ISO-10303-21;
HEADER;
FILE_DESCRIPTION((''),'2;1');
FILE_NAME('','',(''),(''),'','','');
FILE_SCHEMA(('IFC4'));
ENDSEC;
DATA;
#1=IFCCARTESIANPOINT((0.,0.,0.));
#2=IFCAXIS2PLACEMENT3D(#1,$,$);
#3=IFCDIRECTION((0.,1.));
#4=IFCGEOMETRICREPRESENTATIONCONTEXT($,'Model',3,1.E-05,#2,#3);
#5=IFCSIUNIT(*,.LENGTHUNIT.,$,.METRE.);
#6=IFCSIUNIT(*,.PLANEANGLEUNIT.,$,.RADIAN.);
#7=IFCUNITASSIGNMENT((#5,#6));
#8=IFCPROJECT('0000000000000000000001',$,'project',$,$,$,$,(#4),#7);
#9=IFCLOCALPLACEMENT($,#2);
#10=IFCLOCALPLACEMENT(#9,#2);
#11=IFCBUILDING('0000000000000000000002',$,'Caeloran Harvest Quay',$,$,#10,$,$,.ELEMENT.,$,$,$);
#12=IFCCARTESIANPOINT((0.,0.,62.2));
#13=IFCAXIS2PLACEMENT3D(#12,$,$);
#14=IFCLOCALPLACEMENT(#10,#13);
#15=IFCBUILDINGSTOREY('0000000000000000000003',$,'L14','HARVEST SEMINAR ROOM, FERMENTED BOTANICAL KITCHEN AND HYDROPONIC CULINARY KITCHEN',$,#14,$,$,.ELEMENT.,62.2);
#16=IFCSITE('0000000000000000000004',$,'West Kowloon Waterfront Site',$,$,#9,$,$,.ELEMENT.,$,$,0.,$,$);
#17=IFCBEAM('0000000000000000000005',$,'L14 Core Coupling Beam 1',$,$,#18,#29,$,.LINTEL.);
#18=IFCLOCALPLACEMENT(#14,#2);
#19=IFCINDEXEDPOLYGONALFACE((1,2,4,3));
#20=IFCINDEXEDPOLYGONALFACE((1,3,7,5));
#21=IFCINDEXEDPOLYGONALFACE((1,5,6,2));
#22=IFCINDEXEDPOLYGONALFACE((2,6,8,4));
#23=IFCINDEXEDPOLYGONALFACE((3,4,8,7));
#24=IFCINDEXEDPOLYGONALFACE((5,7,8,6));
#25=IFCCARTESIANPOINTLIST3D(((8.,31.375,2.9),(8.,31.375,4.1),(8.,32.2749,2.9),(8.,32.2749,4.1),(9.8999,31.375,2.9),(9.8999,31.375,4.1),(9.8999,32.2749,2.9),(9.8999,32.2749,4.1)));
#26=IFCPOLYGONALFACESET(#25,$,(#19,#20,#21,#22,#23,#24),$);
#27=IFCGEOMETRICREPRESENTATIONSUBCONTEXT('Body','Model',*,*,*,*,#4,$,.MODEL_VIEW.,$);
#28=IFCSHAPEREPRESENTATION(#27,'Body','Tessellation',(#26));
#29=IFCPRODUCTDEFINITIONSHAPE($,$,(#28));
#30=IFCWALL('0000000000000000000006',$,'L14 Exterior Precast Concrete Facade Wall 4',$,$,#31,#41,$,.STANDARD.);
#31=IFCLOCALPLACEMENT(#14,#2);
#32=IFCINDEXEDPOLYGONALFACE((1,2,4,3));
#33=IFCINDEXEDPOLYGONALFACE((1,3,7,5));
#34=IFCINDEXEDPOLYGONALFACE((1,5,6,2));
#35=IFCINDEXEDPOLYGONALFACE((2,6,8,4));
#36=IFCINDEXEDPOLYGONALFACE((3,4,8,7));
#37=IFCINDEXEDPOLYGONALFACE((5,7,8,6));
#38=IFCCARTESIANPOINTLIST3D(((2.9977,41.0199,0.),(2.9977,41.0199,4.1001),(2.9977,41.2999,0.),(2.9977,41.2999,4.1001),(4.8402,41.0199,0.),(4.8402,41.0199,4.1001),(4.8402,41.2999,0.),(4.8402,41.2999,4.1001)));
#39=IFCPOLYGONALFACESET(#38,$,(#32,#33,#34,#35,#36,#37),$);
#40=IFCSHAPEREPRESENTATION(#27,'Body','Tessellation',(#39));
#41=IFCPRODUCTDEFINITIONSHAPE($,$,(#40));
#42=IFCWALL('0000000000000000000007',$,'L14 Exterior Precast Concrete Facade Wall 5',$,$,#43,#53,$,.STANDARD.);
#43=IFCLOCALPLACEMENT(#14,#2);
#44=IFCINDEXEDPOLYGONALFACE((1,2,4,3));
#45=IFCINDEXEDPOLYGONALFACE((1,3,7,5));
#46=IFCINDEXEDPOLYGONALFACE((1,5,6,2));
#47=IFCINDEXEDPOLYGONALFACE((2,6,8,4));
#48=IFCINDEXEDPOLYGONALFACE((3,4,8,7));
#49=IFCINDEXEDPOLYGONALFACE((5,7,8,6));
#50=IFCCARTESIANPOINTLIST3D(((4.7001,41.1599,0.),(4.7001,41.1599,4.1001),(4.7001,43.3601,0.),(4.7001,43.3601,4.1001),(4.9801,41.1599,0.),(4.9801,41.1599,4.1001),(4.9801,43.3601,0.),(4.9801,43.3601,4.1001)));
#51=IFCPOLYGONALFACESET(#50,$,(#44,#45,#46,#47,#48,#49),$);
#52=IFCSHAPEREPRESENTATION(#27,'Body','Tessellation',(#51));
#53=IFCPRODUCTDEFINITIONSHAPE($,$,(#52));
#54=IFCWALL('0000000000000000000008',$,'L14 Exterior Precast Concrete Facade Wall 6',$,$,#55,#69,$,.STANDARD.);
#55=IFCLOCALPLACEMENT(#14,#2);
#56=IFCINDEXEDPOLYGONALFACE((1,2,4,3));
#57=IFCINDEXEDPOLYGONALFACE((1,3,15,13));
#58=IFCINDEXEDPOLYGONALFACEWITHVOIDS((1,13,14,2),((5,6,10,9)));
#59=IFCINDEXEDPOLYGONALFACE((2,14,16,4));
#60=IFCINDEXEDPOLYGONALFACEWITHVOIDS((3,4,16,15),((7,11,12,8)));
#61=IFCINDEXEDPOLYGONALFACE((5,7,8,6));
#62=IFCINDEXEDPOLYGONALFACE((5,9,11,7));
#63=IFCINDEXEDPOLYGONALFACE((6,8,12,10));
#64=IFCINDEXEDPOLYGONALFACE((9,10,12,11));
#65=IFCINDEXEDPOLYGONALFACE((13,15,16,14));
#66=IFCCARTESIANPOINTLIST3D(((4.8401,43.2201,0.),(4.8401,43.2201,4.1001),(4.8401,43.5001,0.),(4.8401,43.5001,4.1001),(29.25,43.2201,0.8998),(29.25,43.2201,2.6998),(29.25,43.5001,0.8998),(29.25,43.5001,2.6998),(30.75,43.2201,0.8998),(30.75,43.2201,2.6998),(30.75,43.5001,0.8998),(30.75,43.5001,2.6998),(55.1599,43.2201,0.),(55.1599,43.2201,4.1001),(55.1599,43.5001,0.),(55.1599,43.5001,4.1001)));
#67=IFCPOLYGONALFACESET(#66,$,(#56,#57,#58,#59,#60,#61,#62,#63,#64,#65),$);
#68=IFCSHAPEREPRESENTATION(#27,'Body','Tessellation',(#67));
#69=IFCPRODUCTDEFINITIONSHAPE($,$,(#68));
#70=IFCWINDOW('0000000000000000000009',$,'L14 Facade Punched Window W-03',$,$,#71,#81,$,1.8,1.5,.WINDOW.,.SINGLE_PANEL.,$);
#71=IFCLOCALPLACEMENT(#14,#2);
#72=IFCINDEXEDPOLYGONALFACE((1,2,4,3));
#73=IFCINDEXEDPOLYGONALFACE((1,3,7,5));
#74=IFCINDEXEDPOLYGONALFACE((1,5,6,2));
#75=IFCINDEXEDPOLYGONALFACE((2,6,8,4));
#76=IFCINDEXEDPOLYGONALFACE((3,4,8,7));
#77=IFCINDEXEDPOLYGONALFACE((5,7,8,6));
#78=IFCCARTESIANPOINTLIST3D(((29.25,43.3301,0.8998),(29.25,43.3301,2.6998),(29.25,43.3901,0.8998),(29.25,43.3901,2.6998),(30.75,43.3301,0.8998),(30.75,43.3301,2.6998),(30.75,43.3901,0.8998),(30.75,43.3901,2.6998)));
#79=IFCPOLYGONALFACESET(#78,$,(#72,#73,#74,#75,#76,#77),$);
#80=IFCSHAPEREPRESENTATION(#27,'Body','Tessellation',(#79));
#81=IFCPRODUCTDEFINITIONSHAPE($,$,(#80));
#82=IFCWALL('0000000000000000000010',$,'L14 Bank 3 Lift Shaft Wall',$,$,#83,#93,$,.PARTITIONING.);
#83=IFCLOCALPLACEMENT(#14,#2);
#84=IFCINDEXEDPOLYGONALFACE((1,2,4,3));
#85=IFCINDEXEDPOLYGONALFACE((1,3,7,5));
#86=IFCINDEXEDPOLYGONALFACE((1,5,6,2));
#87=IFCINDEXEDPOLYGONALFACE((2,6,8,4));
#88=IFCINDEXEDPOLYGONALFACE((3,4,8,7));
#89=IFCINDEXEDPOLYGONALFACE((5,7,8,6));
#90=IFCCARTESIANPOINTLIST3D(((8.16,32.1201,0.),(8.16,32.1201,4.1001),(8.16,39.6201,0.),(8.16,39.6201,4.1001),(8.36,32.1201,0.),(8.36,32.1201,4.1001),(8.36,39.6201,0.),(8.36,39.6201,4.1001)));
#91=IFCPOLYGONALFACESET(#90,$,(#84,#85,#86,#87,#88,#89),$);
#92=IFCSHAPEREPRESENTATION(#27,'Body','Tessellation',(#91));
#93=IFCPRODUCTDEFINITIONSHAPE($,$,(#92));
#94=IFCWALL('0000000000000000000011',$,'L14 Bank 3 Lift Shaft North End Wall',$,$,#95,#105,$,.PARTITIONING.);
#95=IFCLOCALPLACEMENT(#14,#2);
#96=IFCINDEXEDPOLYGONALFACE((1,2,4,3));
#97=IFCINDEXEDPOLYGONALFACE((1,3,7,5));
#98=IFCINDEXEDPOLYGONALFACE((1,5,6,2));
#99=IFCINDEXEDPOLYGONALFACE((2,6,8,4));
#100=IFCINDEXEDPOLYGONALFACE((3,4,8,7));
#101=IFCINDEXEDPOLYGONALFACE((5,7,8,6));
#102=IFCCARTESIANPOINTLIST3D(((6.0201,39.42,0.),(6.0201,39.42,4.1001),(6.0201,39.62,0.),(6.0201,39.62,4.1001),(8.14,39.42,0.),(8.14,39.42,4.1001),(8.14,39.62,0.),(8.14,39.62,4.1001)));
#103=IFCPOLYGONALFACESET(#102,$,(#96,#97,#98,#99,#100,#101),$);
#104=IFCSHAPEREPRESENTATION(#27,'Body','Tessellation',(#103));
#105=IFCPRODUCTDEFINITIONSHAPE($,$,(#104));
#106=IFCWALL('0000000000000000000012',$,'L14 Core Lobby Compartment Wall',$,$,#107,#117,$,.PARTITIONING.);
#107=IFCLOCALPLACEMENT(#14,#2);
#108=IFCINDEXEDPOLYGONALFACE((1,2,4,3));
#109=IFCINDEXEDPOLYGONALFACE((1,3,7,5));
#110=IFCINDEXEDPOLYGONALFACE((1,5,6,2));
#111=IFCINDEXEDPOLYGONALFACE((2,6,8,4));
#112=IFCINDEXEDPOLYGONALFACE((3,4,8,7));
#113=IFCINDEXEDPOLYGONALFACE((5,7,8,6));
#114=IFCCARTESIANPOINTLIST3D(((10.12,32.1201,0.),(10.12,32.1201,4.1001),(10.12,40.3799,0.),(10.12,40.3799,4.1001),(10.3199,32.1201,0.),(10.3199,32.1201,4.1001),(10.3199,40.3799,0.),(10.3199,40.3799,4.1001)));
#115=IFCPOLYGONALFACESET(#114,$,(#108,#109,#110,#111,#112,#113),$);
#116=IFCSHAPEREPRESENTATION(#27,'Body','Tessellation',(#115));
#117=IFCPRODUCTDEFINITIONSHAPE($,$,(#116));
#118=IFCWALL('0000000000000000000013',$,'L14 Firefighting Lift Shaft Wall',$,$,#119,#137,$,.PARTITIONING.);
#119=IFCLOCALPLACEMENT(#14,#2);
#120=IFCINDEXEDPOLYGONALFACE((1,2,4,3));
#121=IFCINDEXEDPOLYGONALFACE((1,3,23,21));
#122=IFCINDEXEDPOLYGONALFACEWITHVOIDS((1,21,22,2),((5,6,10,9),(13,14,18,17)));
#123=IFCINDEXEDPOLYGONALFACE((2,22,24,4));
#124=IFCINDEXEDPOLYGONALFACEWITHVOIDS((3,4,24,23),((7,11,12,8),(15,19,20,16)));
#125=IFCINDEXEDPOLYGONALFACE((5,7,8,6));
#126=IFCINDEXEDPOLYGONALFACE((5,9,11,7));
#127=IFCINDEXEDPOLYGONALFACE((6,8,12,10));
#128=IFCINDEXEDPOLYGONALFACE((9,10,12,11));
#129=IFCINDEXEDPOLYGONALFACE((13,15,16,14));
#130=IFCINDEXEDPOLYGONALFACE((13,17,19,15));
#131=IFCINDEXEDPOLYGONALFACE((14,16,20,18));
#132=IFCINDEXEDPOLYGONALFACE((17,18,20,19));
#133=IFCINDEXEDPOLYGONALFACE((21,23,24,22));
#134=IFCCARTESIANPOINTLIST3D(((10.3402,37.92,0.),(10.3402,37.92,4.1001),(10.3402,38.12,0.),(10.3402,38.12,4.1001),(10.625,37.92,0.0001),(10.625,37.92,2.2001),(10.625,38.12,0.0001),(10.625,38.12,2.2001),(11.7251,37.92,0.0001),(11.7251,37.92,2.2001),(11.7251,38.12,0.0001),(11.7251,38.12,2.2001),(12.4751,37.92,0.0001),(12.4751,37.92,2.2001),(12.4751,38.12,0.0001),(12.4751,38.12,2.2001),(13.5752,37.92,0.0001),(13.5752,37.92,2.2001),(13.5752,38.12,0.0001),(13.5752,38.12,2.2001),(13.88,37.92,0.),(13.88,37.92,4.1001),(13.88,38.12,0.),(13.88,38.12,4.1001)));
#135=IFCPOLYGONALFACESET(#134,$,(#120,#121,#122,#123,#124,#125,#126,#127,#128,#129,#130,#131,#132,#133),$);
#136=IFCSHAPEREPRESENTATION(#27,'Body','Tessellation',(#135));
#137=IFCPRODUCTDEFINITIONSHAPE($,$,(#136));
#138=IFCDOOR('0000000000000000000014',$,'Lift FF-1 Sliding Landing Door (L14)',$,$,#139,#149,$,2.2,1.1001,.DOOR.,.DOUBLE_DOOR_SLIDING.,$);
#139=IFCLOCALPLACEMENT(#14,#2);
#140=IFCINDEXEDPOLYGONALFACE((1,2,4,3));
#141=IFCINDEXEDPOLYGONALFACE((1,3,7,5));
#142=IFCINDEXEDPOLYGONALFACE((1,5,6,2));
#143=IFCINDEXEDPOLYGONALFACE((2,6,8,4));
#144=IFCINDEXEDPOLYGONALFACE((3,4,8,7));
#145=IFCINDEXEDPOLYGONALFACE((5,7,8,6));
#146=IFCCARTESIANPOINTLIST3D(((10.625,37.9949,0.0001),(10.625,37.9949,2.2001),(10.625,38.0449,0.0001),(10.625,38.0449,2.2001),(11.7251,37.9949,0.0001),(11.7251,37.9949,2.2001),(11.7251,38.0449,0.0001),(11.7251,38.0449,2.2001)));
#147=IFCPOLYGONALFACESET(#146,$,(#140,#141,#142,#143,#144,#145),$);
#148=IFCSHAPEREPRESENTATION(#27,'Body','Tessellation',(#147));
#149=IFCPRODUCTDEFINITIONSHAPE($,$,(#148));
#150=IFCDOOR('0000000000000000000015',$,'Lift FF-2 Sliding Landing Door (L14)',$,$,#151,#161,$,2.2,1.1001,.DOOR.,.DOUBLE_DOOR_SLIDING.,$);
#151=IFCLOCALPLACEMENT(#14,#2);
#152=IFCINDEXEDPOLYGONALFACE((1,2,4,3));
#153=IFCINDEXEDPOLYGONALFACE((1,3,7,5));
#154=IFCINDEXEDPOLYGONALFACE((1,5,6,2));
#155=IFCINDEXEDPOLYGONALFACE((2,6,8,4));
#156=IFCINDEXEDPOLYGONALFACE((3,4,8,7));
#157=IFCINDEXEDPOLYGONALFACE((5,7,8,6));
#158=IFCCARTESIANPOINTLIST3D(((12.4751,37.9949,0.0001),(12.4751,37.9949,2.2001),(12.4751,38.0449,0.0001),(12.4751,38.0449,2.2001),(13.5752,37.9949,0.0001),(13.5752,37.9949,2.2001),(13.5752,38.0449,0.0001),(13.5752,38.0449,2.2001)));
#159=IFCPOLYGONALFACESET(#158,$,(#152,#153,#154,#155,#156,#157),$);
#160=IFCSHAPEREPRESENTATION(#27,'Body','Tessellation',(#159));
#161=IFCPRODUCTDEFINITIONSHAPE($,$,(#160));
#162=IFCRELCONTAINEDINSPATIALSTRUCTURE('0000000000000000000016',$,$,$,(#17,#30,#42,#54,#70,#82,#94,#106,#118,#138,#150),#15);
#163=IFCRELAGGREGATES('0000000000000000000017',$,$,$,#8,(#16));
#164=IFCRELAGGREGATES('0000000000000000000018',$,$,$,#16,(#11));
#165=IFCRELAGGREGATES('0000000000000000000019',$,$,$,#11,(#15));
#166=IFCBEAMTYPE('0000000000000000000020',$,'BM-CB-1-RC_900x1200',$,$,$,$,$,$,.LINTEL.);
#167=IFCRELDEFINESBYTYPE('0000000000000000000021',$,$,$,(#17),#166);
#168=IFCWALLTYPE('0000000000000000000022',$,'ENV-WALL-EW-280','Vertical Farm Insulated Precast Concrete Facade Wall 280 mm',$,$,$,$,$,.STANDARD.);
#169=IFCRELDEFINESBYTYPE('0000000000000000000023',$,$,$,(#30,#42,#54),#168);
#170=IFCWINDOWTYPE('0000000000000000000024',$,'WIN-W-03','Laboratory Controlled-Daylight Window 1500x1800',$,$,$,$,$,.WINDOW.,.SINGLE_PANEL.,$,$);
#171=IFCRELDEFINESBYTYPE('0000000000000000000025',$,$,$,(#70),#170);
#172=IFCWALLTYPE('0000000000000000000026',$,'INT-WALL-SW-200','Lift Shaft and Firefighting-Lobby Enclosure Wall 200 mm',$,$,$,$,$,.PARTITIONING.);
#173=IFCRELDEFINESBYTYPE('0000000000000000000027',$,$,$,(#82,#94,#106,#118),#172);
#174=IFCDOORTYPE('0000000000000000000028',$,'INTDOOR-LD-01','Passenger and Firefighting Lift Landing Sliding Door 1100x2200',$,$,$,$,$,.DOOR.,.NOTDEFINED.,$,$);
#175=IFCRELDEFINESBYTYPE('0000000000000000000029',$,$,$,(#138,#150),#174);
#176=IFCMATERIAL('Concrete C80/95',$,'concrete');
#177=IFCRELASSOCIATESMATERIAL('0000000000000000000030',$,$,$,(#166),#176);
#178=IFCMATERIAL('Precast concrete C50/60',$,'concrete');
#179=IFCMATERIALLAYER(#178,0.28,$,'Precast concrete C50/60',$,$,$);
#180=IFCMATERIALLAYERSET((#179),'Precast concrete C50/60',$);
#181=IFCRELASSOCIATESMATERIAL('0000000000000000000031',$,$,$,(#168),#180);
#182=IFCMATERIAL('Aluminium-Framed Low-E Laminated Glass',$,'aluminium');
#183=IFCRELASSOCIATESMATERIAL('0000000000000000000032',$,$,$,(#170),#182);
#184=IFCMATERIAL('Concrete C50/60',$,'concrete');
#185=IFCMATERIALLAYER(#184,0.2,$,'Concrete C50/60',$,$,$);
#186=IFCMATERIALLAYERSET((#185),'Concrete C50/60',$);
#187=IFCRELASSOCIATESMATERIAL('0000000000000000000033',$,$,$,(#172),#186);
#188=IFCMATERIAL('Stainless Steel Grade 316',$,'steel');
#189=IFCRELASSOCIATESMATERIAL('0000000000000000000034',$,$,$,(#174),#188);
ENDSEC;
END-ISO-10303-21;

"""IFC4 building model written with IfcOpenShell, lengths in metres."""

from ifc_helpers import new_model, si_unit, direction, frame, frame_2d, origin, origin_2d, place, context, subcontext, project, spatial, rectangle, extrude, material, layer, layer_set, material_profile, profile_set, type_object, element, fill, save


model = new_model("IFC4")

# Units and contexts
model_context = context("Model", 3, precision=1e-05, world=origin(), true_north=direction((0.0, 1.0)))
body_context = subcontext(model_context, "Body", "Model", "MODEL_VIEW")
ifc_project = project(units=[si_unit("LENGTHUNIT", "METRE"), si_unit("PLANEANGLEUNIT", "RADIAN")], contexts=[model_context])

# Site, building, storey
site_placement = place(None, origin())
site = spatial("IfcSite", under=ifc_project, at=site_placement, Name="West Kowloon Waterfront Site", CompositionType="ELEMENT", RefElevation=0.0)
building_placement = place(site_placement, origin())
building = spatial("IfcBuilding", under=site, at=building_placement, Name="Caeloran Harvest Quay", CompositionType="ELEMENT")
storey_placement = place(building_placement, frame((0.0, 0.0, 62.2)))
storey = spatial("IfcBuildingStorey", under=building, at=storey_placement, Name="L14", Description="HARVEST SEMINAR ROOM, FERMENTED BOTANICAL KITCHEN AND HYDROPONIC CULINARY KITCHEN", CompositionType="ELEMENT", Elevation=62.2)

# Beam
ifc_material_1 = material(Name="Concrete C80/95", Category="concrete")
ifc_material_profile = material_profile(ifc_material_1, rectangle(XDim=0.8999, YDim=1.2, at=origin_2d()), Name="RC 900x1200")
ifc_profile_set = profile_set([ifc_material_profile], Name="Concrete C80/95")
beam_type = type_object("IfcBeamType", Name="BM-CB-1-RC_900x1200", PredefinedType="LINTEL", material=ifc_profile_set)
beam_placement = place(storey_placement, frame((8.0, 31.825, 3.5), z_axis=(1.0, 0.0, 0.0), x_axis=(0.0, 1.0, 0.0)))
element("IfcBeam", 1, at=beam_placement, inside=storey, type_object=beam_type, Name="L14 Core Coupling Beam 1", PredefinedType="LINTEL", context=body_context, shape_type="SweptSolid", body=[
    extrude(rectangle(XDim=0.8999, YDim=1.2, at=origin_2d()), origin(), (0.0, 0.0, 1.0), 1.8999),
])

# Walls
ifc_material_2 = material(Name="Precast concrete C50/60", Category="concrete")
ifc_layer_1 = layer(ifc_material_2, 0.28, Name="Precast concrete C50/60")
ifc_layer_set_1 = layer_set([ifc_layer_1], Name="Precast concrete C50/60")
wall_type_1 = type_object("IfcWallType", Name="ENV-WALL-EW-280", Description="Vertical Farm Insulated Precast Concrete Facade Wall 280 mm", PredefinedType="STANDARD", material=ifc_layer_set_1)
wall_1_placement = place(storey_placement, frame((2.9976, 41.1599, 0.0), z_axis=(0.0, 0.0, 1.0), x_axis=(1.0, 0.0, 0.0)))
element("IfcWall", 2, at=wall_1_placement, inside=storey, type_object=wall_type_1, Name="L14 Exterior Precast Concrete Facade Wall 4", PredefinedType="STANDARD", context=body_context, shape_type="SweptSolid", body=[
    extrude(rectangle(XDim=1.8425, YDim=0.28, at=frame_2d((0.9214, 0.0))), origin(), (0.0, 0.0, 1.0), 4.1001),
])
wall_2_placement = place(storey_placement, frame((4.8401, 41.1599, 0.0), z_axis=(0.0, 0.0, 1.0), x_axis=(0.0, 1.0, 0.0)))
element("IfcWall", 3, at=wall_2_placement, inside=storey, type_object=wall_type_1, Name="L14 Exterior Precast Concrete Facade Wall 5", PredefinedType="STANDARD", context=body_context, shape_type="SweptSolid", body=[
    extrude(rectangle(XDim=2.2002, YDim=0.28, at=frame_2d((1.1001, 0.0))), origin(), (0.0, 0.0, 1.0), 4.1001),
])

# Wall, opening, window
wall_3_placement = place(storey_placement, frame((4.8401, 43.3601, 0.0), z_axis=(0.0, 0.0, 1.0), x_axis=(1.0, 0.0, 0.0)))
wall_3 = element("IfcWall", 4, at=wall_3_placement, inside=storey, type_object=wall_type_1, Name="L14 Exterior Precast Concrete Facade Wall 6", PredefinedType="STANDARD", context=body_context, shape_type="SweptSolid", body=[
    extrude(rectangle(XDim=50.3198, YDim=0.28, at=frame_2d((25.1599, 0.0))), origin(), (0.0, 0.0, 1.0), 4.1001),
])
opening_1_placement = place(wall_3_placement, frame((24.4099, 0.0, 0.8999)))
opening_1 = element("IfcOpeningElement", 5, at=opening_1_placement, cuts=wall_3, PredefinedType="OPENING", context=body_context, shape_type="SweptSolid", body=[
    extrude(rectangle(XDim=1.5, YDim=1.8, at=frame_2d((0.75, 0.8999))), frame((0.0, 0.1499, 0.0), z_axis=(0.0, -1.0, 0.0), x_axis=(1.0, 0.0, 0.0)), (0.0, 0.0, 1.0), 0.3),
])
ifc_material_3 = material(Name="Aluminium-Framed Low-E Laminated Glass", Category="aluminium")
window_type = type_object("IfcWindowType", Name="WIN-W-03", Description="Laboratory Controlled-Daylight Window 1500x1800", PartitioningType="SINGLE_PANEL", PredefinedType="WINDOW", material=ifc_material_3)
window_placement = place(opening_1_placement, origin())
window = element("IfcWindow", 6, at=window_placement, inside=storey, type_object=window_type, Name="L14 Facade Punched Window W-03", OverallHeight=1.8, OverallWidth=1.5, PartitioningType="SINGLE_PANEL", PredefinedType="WINDOW", context=body_context, shape_type="SweptSolid", body=[
    extrude(rectangle(XDim=1.5, YDim=1.8, at=frame_2d((0.75, 0.8999))), frame((0.0, 0.03, 0.0), z_axis=(0.0, -1.0, 0.0), x_axis=(1.0, 0.0, 0.0)), (0.0, 0.0, 1.0), 0.0601),
])
fill(opening_1, window)

# Walls
ifc_material_4 = material(Name="Concrete C50/60", Category="concrete")
ifc_layer_2 = layer(ifc_material_4, 0.2, Name="Concrete C50/60")
ifc_layer_set_2 = layer_set([ifc_layer_2], Name="Concrete C50/60")
wall_type_2 = type_object("IfcWallType", Name="INT-WALL-SW-200", Description="Lift Shaft and Firefighting-Lobby Enclosure Wall 200 mm", PredefinedType="PARTITIONING", material=ifc_layer_set_2)
wall_4_placement = place(storey_placement, frame((8.26, 32.1201, 0.0), z_axis=(0.0, 0.0, 1.0), x_axis=(0.0, 1.0, 0.0)))
element("IfcWall", 7, at=wall_4_placement, inside=storey, type_object=wall_type_2, Name="L14 Bank 3 Lift Shaft Wall", PredefinedType="PARTITIONING", context=body_context, shape_type="SweptSolid", body=[
    extrude(rectangle(XDim=7.5, YDim=0.2, at=frame_2d((3.75, 0.0))), origin(), (0.0, 0.0, 1.0), 4.1001),
])
wall_5_placement = place(storey_placement, frame((6.02, 39.52, 0.0), z_axis=(0.0, 0.0, 1.0), x_axis=(1.0, 0.0, 0.0)))
element("IfcWall", 8, at=wall_5_placement, inside=storey, type_object=wall_type_2, Name="L14 Bank 3 Lift Shaft North End Wall", PredefinedType="PARTITIONING", context=body_context, shape_type="SweptSolid", body=[
    extrude(rectangle(XDim=2.1199, YDim=0.2, at=frame_2d((1.0601, 0.0))), origin(), (0.0, 0.0, 1.0), 4.1001),
])
wall_6_placement = place(storey_placement, frame((10.22, 32.1201, 0.0), z_axis=(0.0, 0.0, 1.0), x_axis=(0.0, 1.0, 0.0)))
element("IfcWall", 9, at=wall_6_placement, inside=storey, type_object=wall_type_2, Name="L14 Core Lobby Compartment Wall", PredefinedType="PARTITIONING", context=body_context, shape_type="SweptSolid", body=[
    extrude(rectangle(XDim=8.2598, YDim=0.2, at=frame_2d((4.1299, 0.0))), origin(), (0.0, 0.0, 1.0), 4.1001),
])

# Wall, openings, doors
wall_7_placement = place(storey_placement, frame((10.3401, 38.02, 0.0), z_axis=(0.0, 0.0, 1.0), x_axis=(1.0, 0.0, 0.0)))
wall_7 = element("IfcWall", 10, at=wall_7_placement, inside=storey, type_object=wall_type_2, Name="L14 Firefighting Lift Shaft Wall", PredefinedType="PARTITIONING", context=body_context, shape_type="SweptSolid", body=[
    extrude(rectangle(XDim=3.5398, YDim=0.2, at=frame_2d((1.77, 0.0))), origin(), (0.0, 0.0, 1.0), 4.1001),
])
opening_2_placement = place(wall_7_placement, frame((0.2849, 0.0, 0.0)))
opening_2 = element("IfcOpeningElement", 11, at=opening_2_placement, cuts=wall_7, PredefinedType="OPENING", context=body_context, shape_type="SweptSolid", body=[
    extrude(rectangle(XDim=1.1001, YDim=2.2, at=frame_2d((0.55, 1.1001))), frame((0.0, 0.1099, 0.0), z_axis=(0.0, -1.0, 0.0), x_axis=(1.0, 0.0, 0.0)), (0.0, 0.0, 1.0), 0.22),
])
opening_3_placement = place(wall_7_placement, frame((2.135, 0.0, 0.0)))
opening_3 = element("IfcOpeningElement", 12, at=opening_3_placement, cuts=wall_7, PredefinedType="OPENING", context=body_context, shape_type="SweptSolid", body=[
    extrude(rectangle(XDim=1.1001, YDim=2.2, at=frame_2d((0.55, 1.1001))), frame((0.0, 0.1099, 0.0), z_axis=(0.0, -1.0, 0.0), x_axis=(1.0, 0.0, 0.0)), (0.0, 0.0, 1.0), 0.22),
])
ifc_material_5 = material(Name="Stainless Steel Grade 316", Category="steel")
door_type_1 = type_object("IfcDoorType", Name="INTDOOR-LD-01", Description="Passenger and Firefighting Lift Landing Sliding Door 1100x2200", OperationType="NOTDEFINED", PredefinedType="DOOR", material=ifc_material_5)
door_1_placement = place(opening_2_placement, origin())
door_1 = element("IfcDoor", 13, at=door_1_placement, inside=storey, type_object=door_type_1, Name="Lift FF-1 Sliding Landing Door (L14)", OperationType="DOUBLE_DOOR_SLIDING", OverallHeight=2.2, OverallWidth=1.1001, PredefinedType="DOOR", context=body_context, shape_type="SweptSolid", body=[
    extrude(rectangle(XDim=1.1001, YDim=2.2, at=frame_2d((0.55, 1.1001))), frame((0.0, 0.0249, 0.0), z_axis=(0.0, -1.0, 0.0), x_axis=(1.0, 0.0, 0.0)), (0.0, 0.0, 1.0), 0.05),
])
fill(opening_2, door_1)
door_2_placement = place(opening_3_placement, origin())
door_2 = element("IfcDoor", 14, at=door_2_placement, inside=storey, type_object=door_type_1, Name="Lift FF-2 Sliding Landing Door (L14)", OperationType="DOUBLE_DOOR_SLIDING", OverallHeight=2.2, OverallWidth=1.1001, PredefinedType="DOOR", context=body_context, shape_type="SweptSolid", body=[
    extrude(rectangle(XDim=1.1001, YDim=2.2, at=frame_2d((0.55, 1.1001))), frame((0.0, 0.0249, 0.0), z_axis=(0.0, -1.0, 0.0), x_axis=(1.0, 0.0, 0.0)), (0.0, 0.0, 1.0), 0.05),
])
fill(opening_3, door_2)

save(model, "model.ifc")
